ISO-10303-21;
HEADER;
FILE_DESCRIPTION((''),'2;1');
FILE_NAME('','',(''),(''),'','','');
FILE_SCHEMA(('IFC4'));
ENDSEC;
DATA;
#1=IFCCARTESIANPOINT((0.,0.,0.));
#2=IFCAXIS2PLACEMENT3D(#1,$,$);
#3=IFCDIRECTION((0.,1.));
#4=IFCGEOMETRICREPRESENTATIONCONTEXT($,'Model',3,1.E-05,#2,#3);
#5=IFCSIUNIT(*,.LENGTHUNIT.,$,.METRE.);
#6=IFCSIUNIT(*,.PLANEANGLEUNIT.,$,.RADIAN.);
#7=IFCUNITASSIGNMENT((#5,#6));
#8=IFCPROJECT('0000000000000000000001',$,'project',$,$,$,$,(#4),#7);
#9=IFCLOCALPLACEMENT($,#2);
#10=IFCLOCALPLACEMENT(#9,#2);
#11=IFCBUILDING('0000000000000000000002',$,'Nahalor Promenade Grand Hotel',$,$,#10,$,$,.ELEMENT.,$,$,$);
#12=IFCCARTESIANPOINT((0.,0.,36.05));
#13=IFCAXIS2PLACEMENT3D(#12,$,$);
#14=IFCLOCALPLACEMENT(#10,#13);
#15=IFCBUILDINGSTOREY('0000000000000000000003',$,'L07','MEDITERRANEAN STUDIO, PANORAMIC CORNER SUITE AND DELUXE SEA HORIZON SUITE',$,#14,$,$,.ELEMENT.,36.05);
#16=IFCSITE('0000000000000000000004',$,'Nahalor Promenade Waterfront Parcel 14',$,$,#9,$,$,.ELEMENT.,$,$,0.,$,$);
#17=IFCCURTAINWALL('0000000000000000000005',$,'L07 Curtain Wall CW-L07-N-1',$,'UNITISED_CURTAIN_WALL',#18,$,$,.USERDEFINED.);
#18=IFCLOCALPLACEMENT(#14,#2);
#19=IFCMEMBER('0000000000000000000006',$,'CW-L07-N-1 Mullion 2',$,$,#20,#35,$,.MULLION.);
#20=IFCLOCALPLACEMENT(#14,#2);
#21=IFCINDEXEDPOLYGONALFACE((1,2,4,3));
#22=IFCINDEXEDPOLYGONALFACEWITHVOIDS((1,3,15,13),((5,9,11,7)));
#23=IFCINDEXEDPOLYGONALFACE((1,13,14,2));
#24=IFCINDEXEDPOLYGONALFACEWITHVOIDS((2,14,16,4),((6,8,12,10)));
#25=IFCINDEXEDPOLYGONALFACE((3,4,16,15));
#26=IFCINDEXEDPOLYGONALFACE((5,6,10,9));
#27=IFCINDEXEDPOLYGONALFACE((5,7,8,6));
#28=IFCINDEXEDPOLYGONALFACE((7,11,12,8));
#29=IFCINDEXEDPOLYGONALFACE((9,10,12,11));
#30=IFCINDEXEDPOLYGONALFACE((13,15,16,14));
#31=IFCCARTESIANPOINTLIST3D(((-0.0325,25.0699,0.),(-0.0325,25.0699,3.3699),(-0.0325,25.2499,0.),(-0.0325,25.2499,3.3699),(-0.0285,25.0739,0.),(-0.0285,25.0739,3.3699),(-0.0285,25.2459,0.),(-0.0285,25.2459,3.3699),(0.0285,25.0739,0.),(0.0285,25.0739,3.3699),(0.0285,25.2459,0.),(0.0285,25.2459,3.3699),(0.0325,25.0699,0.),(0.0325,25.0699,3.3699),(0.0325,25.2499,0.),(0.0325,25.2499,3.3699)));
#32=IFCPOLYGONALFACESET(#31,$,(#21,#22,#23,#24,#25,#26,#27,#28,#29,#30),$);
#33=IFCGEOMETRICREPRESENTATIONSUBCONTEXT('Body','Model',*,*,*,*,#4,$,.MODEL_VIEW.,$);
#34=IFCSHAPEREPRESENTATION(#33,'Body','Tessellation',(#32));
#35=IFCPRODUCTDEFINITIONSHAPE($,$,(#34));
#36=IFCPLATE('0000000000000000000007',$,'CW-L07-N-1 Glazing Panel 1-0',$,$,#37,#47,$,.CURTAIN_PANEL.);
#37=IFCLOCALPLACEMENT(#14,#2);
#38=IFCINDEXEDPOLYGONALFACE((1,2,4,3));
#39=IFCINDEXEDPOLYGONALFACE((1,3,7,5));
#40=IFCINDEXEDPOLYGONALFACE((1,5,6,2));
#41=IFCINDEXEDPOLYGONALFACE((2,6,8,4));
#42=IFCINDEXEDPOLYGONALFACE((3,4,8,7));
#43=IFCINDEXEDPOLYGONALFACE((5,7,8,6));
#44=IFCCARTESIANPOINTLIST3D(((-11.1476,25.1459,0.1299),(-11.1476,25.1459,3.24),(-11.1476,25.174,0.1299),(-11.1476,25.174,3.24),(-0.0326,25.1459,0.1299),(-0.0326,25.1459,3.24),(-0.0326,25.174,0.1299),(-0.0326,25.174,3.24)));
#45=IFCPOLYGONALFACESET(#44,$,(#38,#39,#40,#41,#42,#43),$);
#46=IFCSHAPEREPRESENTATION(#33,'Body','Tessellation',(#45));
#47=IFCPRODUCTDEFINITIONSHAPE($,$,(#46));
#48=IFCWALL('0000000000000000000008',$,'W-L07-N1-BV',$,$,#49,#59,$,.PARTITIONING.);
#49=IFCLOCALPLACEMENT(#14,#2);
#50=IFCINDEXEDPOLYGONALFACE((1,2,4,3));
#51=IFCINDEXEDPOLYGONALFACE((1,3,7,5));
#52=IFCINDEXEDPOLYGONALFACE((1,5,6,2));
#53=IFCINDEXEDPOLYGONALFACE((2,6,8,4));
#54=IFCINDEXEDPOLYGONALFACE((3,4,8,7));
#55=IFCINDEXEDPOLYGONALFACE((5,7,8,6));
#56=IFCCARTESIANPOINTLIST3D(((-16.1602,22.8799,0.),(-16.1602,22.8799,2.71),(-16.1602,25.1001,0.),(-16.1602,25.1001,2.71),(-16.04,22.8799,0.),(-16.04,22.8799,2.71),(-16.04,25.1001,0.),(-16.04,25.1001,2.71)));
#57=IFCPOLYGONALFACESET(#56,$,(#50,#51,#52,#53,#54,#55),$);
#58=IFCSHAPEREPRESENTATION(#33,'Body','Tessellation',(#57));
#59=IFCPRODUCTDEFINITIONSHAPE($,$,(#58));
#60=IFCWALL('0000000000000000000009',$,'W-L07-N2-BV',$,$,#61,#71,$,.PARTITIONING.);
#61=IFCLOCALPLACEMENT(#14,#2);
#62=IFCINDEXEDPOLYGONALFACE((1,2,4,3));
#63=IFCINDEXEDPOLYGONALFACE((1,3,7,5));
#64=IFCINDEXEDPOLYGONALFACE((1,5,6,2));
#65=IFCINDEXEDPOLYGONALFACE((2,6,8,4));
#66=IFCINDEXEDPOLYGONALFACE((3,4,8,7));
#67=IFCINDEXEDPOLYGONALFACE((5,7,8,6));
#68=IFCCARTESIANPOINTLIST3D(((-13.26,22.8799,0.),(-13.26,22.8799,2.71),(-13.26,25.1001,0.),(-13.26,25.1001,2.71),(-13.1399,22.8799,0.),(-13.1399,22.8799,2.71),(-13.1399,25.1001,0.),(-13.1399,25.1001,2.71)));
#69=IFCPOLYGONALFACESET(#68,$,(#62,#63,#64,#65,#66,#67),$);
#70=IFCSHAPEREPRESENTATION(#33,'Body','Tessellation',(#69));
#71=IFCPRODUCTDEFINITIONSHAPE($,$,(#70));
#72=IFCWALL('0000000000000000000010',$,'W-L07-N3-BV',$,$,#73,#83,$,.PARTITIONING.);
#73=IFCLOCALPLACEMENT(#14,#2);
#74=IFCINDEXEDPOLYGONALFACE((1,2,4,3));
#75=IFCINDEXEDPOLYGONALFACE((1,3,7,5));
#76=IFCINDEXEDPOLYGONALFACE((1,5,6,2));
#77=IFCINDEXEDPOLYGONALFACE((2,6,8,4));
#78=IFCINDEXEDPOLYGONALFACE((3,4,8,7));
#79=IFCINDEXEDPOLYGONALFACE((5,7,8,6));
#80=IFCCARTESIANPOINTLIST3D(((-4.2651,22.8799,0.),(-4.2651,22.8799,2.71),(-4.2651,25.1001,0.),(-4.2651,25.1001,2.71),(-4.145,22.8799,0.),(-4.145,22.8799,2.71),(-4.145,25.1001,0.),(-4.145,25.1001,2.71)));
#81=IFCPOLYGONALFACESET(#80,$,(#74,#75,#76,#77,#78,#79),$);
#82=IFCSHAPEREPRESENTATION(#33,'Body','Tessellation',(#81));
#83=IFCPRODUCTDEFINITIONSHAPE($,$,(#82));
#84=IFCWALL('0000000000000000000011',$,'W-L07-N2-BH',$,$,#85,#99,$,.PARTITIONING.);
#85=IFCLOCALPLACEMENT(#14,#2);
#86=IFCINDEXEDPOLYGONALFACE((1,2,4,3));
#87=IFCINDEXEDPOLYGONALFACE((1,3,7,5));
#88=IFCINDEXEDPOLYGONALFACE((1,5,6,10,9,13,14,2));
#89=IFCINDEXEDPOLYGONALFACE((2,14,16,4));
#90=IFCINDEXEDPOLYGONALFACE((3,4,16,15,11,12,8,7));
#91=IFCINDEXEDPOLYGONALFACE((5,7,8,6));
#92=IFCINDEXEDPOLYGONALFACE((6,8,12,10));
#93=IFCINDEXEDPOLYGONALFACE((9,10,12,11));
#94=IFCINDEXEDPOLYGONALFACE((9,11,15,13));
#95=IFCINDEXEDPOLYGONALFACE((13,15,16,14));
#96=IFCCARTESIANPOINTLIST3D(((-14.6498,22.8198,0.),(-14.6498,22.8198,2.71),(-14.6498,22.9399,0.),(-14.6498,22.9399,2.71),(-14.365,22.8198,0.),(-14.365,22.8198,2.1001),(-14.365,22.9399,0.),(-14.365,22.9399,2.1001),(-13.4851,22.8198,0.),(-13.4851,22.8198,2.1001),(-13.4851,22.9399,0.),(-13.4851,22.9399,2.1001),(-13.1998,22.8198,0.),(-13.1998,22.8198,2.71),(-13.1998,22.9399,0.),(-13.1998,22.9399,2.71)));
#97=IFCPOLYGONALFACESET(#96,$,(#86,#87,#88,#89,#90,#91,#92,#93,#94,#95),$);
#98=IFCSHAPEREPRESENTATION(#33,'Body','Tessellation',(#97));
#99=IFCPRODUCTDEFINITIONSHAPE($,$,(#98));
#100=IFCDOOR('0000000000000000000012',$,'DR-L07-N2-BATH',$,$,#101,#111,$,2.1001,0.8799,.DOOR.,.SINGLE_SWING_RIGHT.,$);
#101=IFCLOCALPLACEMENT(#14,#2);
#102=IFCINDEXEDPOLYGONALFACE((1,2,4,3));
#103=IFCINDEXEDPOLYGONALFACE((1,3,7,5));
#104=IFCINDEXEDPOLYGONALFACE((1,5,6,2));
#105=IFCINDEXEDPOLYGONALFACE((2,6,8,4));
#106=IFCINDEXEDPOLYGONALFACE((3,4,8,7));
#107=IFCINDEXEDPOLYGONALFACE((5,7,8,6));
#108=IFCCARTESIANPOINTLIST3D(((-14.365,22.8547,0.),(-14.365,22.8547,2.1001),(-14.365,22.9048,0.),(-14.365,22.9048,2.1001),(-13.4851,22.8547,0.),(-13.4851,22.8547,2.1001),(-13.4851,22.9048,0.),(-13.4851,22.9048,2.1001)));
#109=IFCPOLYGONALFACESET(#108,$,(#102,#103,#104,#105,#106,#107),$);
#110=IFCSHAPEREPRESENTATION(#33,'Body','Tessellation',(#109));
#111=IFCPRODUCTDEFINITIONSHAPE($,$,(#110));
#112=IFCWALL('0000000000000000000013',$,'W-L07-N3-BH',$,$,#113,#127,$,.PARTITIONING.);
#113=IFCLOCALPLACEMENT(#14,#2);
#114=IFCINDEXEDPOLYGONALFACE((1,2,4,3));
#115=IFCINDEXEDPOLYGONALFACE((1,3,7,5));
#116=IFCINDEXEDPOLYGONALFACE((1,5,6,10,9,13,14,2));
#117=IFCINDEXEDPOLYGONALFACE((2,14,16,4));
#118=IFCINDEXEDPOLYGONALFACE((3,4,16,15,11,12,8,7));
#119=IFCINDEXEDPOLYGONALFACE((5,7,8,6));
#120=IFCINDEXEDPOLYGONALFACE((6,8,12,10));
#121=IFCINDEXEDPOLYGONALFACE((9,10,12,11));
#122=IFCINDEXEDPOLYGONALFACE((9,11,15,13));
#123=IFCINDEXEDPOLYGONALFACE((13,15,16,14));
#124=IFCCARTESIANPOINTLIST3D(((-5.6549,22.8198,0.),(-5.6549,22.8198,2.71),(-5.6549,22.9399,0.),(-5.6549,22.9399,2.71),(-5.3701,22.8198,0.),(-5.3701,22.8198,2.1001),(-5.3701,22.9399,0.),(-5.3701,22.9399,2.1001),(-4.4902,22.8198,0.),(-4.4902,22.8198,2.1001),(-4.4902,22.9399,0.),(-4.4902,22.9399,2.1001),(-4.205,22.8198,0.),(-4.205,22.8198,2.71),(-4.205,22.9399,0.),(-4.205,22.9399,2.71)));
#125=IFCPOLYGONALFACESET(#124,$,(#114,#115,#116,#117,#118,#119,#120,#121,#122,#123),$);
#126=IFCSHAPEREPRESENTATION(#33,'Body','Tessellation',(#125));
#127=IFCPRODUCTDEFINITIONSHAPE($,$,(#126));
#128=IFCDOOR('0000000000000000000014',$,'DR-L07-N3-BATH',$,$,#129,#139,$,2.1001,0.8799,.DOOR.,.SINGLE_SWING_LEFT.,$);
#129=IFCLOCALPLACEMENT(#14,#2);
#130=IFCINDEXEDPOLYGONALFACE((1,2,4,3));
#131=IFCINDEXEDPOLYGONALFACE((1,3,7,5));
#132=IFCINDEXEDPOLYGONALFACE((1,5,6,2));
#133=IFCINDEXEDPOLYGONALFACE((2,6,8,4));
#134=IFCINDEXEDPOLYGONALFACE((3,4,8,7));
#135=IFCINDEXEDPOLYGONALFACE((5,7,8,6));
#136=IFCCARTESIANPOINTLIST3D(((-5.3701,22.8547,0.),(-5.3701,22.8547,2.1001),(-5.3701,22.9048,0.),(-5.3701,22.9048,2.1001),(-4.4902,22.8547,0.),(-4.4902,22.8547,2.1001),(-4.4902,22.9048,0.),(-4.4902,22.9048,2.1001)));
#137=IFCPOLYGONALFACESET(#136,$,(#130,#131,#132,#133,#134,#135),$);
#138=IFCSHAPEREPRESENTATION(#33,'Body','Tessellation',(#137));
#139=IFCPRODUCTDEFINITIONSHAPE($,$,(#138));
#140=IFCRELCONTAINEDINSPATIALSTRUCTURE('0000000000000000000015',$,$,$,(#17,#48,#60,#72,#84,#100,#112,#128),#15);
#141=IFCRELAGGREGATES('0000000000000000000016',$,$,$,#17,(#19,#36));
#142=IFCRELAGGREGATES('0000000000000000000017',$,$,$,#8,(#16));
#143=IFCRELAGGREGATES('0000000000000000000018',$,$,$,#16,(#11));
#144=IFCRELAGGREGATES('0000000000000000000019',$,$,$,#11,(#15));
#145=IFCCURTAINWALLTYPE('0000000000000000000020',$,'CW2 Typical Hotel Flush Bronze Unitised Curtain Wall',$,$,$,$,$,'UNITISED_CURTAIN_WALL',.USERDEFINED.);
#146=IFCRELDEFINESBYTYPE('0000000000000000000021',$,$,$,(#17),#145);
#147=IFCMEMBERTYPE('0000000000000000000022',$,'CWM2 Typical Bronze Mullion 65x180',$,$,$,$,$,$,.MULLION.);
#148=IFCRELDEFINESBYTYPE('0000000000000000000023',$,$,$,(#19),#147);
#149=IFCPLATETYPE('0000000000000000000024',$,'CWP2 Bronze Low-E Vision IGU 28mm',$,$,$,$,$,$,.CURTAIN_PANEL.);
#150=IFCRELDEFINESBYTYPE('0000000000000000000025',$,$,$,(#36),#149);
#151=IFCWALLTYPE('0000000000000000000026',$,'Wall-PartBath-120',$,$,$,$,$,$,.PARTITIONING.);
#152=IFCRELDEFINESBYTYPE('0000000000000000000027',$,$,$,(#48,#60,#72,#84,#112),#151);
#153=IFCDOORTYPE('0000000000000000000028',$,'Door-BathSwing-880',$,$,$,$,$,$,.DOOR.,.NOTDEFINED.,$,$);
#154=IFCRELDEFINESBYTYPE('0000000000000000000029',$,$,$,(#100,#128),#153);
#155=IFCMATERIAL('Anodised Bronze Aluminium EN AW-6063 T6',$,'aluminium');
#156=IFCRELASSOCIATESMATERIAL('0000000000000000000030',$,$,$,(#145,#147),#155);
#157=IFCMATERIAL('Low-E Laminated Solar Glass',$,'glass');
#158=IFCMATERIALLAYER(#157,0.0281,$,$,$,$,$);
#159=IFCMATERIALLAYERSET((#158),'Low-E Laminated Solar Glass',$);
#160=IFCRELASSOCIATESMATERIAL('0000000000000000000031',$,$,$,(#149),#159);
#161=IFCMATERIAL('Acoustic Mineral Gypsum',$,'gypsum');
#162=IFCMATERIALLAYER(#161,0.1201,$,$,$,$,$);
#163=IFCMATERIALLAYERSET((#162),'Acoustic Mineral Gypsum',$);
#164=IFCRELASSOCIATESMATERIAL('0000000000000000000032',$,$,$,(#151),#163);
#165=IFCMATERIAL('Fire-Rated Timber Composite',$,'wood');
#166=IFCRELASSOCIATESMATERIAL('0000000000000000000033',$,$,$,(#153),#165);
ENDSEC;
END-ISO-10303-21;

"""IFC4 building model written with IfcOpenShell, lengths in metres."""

from ifc_helpers import new_model, si_unit, direction, frame, frame_2d, origin, origin_2d, place, context, subcontext, project, spatial, rectangle, hollow_rectangle, extrude, source, transform, mapped, material, layer, layer_set, material_profile, profile_set, type_object, element, fill, aggregate, save


model = new_model("IFC4")

# Units and contexts
model_context = context("Model", 3, precision=1e-05, world=origin(), true_north=direction((0.0, 1.0)))
body_context = subcontext(model_context, "Body", "Model", "MODEL_VIEW")
ifc_project = project(units=[si_unit("LENGTHUNIT", "METRE"), si_unit("PLANEANGLEUNIT", "RADIAN")], contexts=[model_context])

# Site, building, storey
site_placement = place(None, origin())
site = spatial("IfcSite", under=ifc_project, at=site_placement, Name="Nahalor Promenade Waterfront Parcel 14", CompositionType="ELEMENT", RefElevation=0.0)
building_placement = place(site_placement, origin())
building = spatial("IfcBuilding", under=site, at=building_placement, Name="Nahalor Promenade Grand Hotel", CompositionType="ELEMENT")
storey_placement = place(building_placement, frame((0.0, 0.0, 36.05)))
storey = spatial("IfcBuildingStorey", under=building, at=storey_placement, Name="L07", Description="MEDITERRANEAN STUDIO, PANORAMIC CORNER SUITE AND DELUXE SEA HORIZON SUITE", CompositionType="ELEMENT", Elevation=36.05)

# Curtain wall, member, plate
ifc_material_1 = material(Name="Anodised Bronze Aluminium EN AW-6063 T6", Category="aluminium")
curtain_wall_type = type_object("IfcCurtainWallType", Name="CW2 Typical Hotel Flush Bronze Unitised Curtain Wall", ElementType="UNITISED_CURTAIN_WALL", PredefinedType="USERDEFINED", material=ifc_material_1)
curtain_wall_placement = place(storey_placement, origin())
curtain_wall = element("IfcCurtainWall", 1, at=curtain_wall_placement, inside=storey, type_object=curtain_wall_type, Name="L07 Curtain Wall CW-L07-N-1", ObjectType="UNITISED_CURTAIN_WALL", PredefinedType="USERDEFINED")
ifc_material_profile_1 = material_profile(ifc_material_1, hollow_rectangle(XDim=0.065, YDim=0.18, WallThickness=0.004, at=origin_2d()), Name="CWM 65x180x4")
ifc_profile_set_1 = profile_set([ifc_material_profile_1], Name="Anodised Bronze Aluminium EN AW-6063 T6")
member_type_1 = type_object("IfcMemberType", Name="CWM2 Typical Bronze Mullion 65x180", PredefinedType="MULLION", material=ifc_profile_set_1)
shared_shape_1 = source(origin(), body_context, "Body", "SweptSolid", [
    extrude(hollow_rectangle(XDim=0.065, YDim=0.18, WallThickness=0.004, at=origin_2d()), origin(), (0.0, 0.0, 1.0), 3.3699),
])
member_1_placement = place(storey_placement, frame((0.0, 25.1599, 0.0), z_axis=(0.0, 0.0, 1.0), x_axis=(1.0, 0.0, 0.0)))
member_1 = element("IfcMember", 2, at=member_1_placement, type_object=member_type_1, Name="CW-L07-N-1 Mullion 2", PredefinedType="MULLION", context=body_context, shape_type="MappedRepresentation", body=[
    mapped(shared_shape_1, transform((0.0, 0.0, 0.0), scale=1.0)),
])
ifc_material_2 = material(Name="Low-E Laminated Solar Glass", Category="glass")
ifc_layer_1 = layer(ifc_material_2, 0.0281)
ifc_layer_set_1 = layer_set([ifc_layer_1], Name="Low-E Laminated Solar Glass")
plate_type = type_object("IfcPlateType", Name="CWP2 Bronze Low-E Vision IGU 28mm", PredefinedType="CURTAIN_PANEL", material=ifc_layer_set_1)
shared_shape_2 = source(origin(), body_context, "Body", "SweptSolid", [
    extrude(rectangle(XDim=11.115, YDim=0.0281, at=origin_2d()), origin(), (0.0, 0.0, 1.0), 3.1101),
])
plate_placement = place(storey_placement, frame((-5.5901, 25.1599, 0.1299), z_axis=(0.0, 0.0, 1.0), x_axis=(1.0, 0.0, 0.0)))
plate = element("IfcPlate", 3, at=plate_placement, type_object=plate_type, Name="CW-L07-N-1 Glazing Panel 1-0", PredefinedType="CURTAIN_PANEL", context=body_context, shape_type="MappedRepresentation", body=[
    mapped(shared_shape_2, transform((0.0, 0.0, 0.0), scale=1.0)),
])
aggregate(curtain_wall, [member_1, plate])

# Walls
ifc_material_3 = material(Name="Acoustic Mineral Gypsum", Category="gypsum")
ifc_layer_2 = layer(ifc_material_3, 0.1201)
ifc_layer_set_2 = layer_set([ifc_layer_2], Name="Acoustic Mineral Gypsum")
wall_type = type_object("IfcWallType", Name="Wall-PartBath-120", PredefinedType="PARTITIONING", material=ifc_layer_set_2)
shared_shape_3 = source(origin(), body_context, "Body", "SweptSolid", [
    extrude(rectangle(XDim=2.2202, YDim=0.1201, at=frame_2d((1.1101, 0.0))), origin(), (0.0, 0.0, 1.0), 2.71),
])
for number, where, z_axis, x_axis, name in (
    (4, (-16.1001, 22.8799, 0.0), (0.0, 0.0, 1.0), (0.0, 1.0, 0.0), "W-L07-N1-BV"),
    (5, (-13.2, 22.8799, 0.0), (0.0, 0.0, 1.0), (0.0, 1.0, 0.0), "W-L07-N2-BV"),
    (6, (-4.2051, 22.8799, 0.0), (0.0, 0.0, 1.0), (0.0, 1.0, 0.0), "W-L07-N3-BV"),
):
    element("IfcWall", number, at=place(storey_placement, frame(where, z_axis=z_axis, x_axis=x_axis)), inside=storey, type_object=wall_type, Name=name, PredefinedType="PARTITIONING", context=body_context, shape_type="MappedRepresentation", body=[
        mapped(shared_shape_3, transform((0.0, 0.0, 0.0), scale=1.0)),
    ])

# Walls, openings, doors
shared_shape_4 = source(origin(), body_context, "Body", "SweptSolid", [
    extrude(rectangle(XDim=1.45, YDim=0.1201, at=frame_2d((0.7251, 0.0))), origin(), (0.0, 0.0, 1.0), 2.71),
])
wall_1_placement = place(storey_placement, frame((-14.6499, 22.8799, 0.0), z_axis=(0.0, 0.0, 1.0), x_axis=(1.0, 0.0, 0.0)))
wall_1 = element("IfcWall", 7, at=wall_1_placement, inside=storey, type_object=wall_type, Name="W-L07-N2-BH", PredefinedType="PARTITIONING", context=body_context, shape_type="MappedRepresentation", body=[
    mapped(shared_shape_4, transform((0.0, 0.0, 0.0), scale=1.0)),
])
opening_1_placement = place(wall_1_placement, frame((0.2849, 0.0, 0.0)))
opening_1 = element("IfcOpeningElement", 8, at=opening_1_placement, cuts=wall_1, PredefinedType="OPENING", context=body_context, shape_type="SweptSolid", body=[
    extrude(rectangle(XDim=0.8799, YDim=2.1001, at=frame_2d((0.4399, 1.05))), frame((0.0, 0.0701, 0.0), z_axis=(0.0, -1.0, 0.0), x_axis=(1.0, 0.0, 0.0)), (0.0, 0.0, 1.0), 0.1401),
])
ifc_material_4 = material(Name="Fire-Rated Timber Composite", Category="wood")
door_type = type_object("IfcDoorType", Name="Door-BathSwing-880", OperationType="NOTDEFINED", PredefinedType="DOOR", material=ifc_material_4)
shared_shape_5 = source(origin(), body_context, "Body", "SweptSolid", [
    extrude(rectangle(XDim=0.8799, YDim=2.1001, at=frame_2d((0.4399, 1.05))), frame((0.0, 0.0249, 0.0), z_axis=(0.0, -1.0, 0.0), x_axis=(1.0, 0.0, 0.0)), (0.0, 0.0, 1.0), 0.05),
])
door_1_placement = place(opening_1_placement, origin())
door_1 = element("IfcDoor", 9, at=door_1_placement, inside=storey, type_object=door_type, Name="DR-L07-N2-BATH", OperationType="SINGLE_SWING_RIGHT", OverallHeight=2.1001, OverallWidth=0.8799, PredefinedType="DOOR", context=body_context, shape_type="MappedRepresentation", body=[
    mapped(shared_shape_5, transform((0.0, 0.0, 0.0), scale=1.0)),
])
fill(opening_1, door_1)
wall_2_placement = place(storey_placement, frame((-5.655, 22.8799, 0.0), z_axis=(0.0, 0.0, 1.0), x_axis=(1.0, 0.0, 0.0)))
wall_2 = element("IfcWall", 10, at=wall_2_placement, inside=storey, type_object=wall_type, Name="W-L07-N3-BH", PredefinedType="PARTITIONING", context=body_context, shape_type="MappedRepresentation", body=[
    mapped(shared_shape_4, transform((0.0, 0.0, 0.0), scale=1.0)),
])
opening_2_placement = place(wall_2_placement, frame((0.2849, 0.0, 0.0)))
opening_2 = element("IfcOpeningElement", 11, at=opening_2_placement, cuts=wall_2, PredefinedType="OPENING", context=body_context, shape_type="SweptSolid", body=[
    extrude(rectangle(XDim=0.8799, YDim=2.1001, at=frame_2d((0.4399, 1.05))), frame((0.0, 0.0701, 0.0), z_axis=(0.0, -1.0, 0.0), x_axis=(1.0, 0.0, 0.0)), (0.0, 0.0, 1.0), 0.1401),
])
door_2_placement = place(opening_2_placement, origin())
door_2 = element("IfcDoor", 12, at=door_2_placement, inside=storey, type_object=door_type, Name="DR-L07-N3-BATH", OperationType="SINGLE_SWING_LEFT", OverallHeight=2.1001, OverallWidth=0.8799, PredefinedType="DOOR", context=body_context, shape_type="MappedRepresentation", body=[
    mapped(shared_shape_5, transform((0.0, 0.0, 0.0), scale=1.0)),
])
fill(opening_2, door_2)

save(model, "model.ifc")
